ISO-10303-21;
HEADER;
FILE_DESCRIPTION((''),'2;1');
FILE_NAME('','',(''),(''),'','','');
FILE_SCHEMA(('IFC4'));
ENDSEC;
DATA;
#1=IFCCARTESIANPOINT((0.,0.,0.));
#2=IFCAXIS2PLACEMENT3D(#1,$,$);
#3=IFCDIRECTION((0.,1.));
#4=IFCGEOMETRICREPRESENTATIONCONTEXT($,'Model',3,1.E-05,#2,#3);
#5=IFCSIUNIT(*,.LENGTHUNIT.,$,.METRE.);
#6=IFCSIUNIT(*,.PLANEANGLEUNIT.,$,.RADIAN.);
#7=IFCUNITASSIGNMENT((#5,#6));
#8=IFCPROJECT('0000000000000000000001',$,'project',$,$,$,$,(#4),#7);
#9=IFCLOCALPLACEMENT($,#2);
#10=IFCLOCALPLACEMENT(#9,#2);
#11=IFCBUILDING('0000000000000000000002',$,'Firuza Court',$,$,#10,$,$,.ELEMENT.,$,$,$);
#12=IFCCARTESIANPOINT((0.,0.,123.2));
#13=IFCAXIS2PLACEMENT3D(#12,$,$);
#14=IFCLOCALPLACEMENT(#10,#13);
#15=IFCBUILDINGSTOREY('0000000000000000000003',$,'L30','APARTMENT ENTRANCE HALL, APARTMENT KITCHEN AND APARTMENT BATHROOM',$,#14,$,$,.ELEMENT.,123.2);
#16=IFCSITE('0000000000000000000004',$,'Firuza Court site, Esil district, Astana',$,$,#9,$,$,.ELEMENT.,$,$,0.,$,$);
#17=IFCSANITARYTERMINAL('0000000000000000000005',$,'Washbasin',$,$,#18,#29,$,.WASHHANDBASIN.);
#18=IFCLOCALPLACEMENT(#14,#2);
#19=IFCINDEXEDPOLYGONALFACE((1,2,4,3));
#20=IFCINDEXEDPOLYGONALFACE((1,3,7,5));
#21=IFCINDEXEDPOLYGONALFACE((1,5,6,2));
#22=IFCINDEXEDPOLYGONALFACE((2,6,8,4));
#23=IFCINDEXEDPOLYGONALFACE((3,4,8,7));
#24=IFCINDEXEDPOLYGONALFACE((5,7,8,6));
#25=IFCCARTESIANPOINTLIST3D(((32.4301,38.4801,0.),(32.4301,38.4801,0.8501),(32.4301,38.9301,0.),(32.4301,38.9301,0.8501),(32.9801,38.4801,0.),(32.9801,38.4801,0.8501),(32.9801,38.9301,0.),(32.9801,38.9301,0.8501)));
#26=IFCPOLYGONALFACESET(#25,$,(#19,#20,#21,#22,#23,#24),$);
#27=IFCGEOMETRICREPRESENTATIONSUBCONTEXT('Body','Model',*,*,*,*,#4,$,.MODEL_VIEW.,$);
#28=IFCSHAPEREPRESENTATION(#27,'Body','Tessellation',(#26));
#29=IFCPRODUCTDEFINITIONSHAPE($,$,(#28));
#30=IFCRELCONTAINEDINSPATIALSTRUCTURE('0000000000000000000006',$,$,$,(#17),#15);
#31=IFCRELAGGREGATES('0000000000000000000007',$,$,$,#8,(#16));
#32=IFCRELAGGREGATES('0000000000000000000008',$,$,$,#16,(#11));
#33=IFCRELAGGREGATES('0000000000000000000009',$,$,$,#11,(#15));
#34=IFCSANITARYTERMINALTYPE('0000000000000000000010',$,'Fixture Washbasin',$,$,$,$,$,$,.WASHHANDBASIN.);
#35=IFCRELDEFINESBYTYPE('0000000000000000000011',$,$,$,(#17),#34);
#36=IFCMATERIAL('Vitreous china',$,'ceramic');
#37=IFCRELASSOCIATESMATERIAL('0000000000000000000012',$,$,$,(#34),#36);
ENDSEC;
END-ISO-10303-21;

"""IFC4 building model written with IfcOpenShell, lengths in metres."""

from ifc_helpers import new_model, si_unit, direction, frame, origin, origin_2d, place, context, subcontext, project, spatial, rectangle, extrude, material, type_object, element, save


model = new_model("IFC4")

# Units and contexts
model_context = context("Model", 3, precision=1e-05, world=origin(), true_north=direction((0.0, 1.0)))
body_context = subcontext(model_context, "Body", "Model", "MODEL_VIEW")
ifc_project = project(units=[si_unit("LENGTHUNIT", "METRE"), si_unit("PLANEANGLEUNIT", "RADIAN")], contexts=[model_context])

# Site, building, storey
site_placement = place(None, origin())
site = spatial("IfcSite", under=ifc_project, at=site_placement, Name="Firuza Court site, Esil district, Astana", CompositionType="ELEMENT", RefElevation=0.0)
building_placement = place(site_placement, origin())
building = spatial("IfcBuilding", under=site, at=building_placement, Name="Firuza Court", CompositionType="ELEMENT")
storey_placement = place(building_placement, frame((0.0, 0.0, 123.2)))
storey = spatial("IfcBuildingStorey", under=building, at=storey_placement, Name="L30", Description="APARTMENT ENTRANCE HALL, APARTMENT KITCHEN AND APARTMENT BATHROOM", CompositionType="ELEMENT", Elevation=123.2)

# Sanitary terminal
ifc_material_1 = material(Name="Vitreous china", Category="ceramic")
sanitary_terminal_type_1 = type_object("IfcSanitaryTerminalType", Name="Fixture Washbasin", PredefinedType="WASHHANDBASIN", material=ifc_material_1)
sanitary_terminal_1_placement = place(storey_placement, frame((32.7051, 38.7051, 0.0), z_axis=(0.0, 0.0, 1.0), x_axis=(1.0, 0.0, 0.0)))
element("IfcSanitaryTerminal", 1, at=sanitary_terminal_1_placement, inside=storey, type_object=sanitary_terminal_type_1, Name="Washbasin", PredefinedType="WASHHANDBASIN", context=body_context, shape_type="SweptSolid", body=[
    extrude(rectangle(XDim=0.55, YDim=0.45, at=origin_2d()), origin(), (0.0, 0.0, 1.0), 0.8501),
])

save(model, "model.ifc")
